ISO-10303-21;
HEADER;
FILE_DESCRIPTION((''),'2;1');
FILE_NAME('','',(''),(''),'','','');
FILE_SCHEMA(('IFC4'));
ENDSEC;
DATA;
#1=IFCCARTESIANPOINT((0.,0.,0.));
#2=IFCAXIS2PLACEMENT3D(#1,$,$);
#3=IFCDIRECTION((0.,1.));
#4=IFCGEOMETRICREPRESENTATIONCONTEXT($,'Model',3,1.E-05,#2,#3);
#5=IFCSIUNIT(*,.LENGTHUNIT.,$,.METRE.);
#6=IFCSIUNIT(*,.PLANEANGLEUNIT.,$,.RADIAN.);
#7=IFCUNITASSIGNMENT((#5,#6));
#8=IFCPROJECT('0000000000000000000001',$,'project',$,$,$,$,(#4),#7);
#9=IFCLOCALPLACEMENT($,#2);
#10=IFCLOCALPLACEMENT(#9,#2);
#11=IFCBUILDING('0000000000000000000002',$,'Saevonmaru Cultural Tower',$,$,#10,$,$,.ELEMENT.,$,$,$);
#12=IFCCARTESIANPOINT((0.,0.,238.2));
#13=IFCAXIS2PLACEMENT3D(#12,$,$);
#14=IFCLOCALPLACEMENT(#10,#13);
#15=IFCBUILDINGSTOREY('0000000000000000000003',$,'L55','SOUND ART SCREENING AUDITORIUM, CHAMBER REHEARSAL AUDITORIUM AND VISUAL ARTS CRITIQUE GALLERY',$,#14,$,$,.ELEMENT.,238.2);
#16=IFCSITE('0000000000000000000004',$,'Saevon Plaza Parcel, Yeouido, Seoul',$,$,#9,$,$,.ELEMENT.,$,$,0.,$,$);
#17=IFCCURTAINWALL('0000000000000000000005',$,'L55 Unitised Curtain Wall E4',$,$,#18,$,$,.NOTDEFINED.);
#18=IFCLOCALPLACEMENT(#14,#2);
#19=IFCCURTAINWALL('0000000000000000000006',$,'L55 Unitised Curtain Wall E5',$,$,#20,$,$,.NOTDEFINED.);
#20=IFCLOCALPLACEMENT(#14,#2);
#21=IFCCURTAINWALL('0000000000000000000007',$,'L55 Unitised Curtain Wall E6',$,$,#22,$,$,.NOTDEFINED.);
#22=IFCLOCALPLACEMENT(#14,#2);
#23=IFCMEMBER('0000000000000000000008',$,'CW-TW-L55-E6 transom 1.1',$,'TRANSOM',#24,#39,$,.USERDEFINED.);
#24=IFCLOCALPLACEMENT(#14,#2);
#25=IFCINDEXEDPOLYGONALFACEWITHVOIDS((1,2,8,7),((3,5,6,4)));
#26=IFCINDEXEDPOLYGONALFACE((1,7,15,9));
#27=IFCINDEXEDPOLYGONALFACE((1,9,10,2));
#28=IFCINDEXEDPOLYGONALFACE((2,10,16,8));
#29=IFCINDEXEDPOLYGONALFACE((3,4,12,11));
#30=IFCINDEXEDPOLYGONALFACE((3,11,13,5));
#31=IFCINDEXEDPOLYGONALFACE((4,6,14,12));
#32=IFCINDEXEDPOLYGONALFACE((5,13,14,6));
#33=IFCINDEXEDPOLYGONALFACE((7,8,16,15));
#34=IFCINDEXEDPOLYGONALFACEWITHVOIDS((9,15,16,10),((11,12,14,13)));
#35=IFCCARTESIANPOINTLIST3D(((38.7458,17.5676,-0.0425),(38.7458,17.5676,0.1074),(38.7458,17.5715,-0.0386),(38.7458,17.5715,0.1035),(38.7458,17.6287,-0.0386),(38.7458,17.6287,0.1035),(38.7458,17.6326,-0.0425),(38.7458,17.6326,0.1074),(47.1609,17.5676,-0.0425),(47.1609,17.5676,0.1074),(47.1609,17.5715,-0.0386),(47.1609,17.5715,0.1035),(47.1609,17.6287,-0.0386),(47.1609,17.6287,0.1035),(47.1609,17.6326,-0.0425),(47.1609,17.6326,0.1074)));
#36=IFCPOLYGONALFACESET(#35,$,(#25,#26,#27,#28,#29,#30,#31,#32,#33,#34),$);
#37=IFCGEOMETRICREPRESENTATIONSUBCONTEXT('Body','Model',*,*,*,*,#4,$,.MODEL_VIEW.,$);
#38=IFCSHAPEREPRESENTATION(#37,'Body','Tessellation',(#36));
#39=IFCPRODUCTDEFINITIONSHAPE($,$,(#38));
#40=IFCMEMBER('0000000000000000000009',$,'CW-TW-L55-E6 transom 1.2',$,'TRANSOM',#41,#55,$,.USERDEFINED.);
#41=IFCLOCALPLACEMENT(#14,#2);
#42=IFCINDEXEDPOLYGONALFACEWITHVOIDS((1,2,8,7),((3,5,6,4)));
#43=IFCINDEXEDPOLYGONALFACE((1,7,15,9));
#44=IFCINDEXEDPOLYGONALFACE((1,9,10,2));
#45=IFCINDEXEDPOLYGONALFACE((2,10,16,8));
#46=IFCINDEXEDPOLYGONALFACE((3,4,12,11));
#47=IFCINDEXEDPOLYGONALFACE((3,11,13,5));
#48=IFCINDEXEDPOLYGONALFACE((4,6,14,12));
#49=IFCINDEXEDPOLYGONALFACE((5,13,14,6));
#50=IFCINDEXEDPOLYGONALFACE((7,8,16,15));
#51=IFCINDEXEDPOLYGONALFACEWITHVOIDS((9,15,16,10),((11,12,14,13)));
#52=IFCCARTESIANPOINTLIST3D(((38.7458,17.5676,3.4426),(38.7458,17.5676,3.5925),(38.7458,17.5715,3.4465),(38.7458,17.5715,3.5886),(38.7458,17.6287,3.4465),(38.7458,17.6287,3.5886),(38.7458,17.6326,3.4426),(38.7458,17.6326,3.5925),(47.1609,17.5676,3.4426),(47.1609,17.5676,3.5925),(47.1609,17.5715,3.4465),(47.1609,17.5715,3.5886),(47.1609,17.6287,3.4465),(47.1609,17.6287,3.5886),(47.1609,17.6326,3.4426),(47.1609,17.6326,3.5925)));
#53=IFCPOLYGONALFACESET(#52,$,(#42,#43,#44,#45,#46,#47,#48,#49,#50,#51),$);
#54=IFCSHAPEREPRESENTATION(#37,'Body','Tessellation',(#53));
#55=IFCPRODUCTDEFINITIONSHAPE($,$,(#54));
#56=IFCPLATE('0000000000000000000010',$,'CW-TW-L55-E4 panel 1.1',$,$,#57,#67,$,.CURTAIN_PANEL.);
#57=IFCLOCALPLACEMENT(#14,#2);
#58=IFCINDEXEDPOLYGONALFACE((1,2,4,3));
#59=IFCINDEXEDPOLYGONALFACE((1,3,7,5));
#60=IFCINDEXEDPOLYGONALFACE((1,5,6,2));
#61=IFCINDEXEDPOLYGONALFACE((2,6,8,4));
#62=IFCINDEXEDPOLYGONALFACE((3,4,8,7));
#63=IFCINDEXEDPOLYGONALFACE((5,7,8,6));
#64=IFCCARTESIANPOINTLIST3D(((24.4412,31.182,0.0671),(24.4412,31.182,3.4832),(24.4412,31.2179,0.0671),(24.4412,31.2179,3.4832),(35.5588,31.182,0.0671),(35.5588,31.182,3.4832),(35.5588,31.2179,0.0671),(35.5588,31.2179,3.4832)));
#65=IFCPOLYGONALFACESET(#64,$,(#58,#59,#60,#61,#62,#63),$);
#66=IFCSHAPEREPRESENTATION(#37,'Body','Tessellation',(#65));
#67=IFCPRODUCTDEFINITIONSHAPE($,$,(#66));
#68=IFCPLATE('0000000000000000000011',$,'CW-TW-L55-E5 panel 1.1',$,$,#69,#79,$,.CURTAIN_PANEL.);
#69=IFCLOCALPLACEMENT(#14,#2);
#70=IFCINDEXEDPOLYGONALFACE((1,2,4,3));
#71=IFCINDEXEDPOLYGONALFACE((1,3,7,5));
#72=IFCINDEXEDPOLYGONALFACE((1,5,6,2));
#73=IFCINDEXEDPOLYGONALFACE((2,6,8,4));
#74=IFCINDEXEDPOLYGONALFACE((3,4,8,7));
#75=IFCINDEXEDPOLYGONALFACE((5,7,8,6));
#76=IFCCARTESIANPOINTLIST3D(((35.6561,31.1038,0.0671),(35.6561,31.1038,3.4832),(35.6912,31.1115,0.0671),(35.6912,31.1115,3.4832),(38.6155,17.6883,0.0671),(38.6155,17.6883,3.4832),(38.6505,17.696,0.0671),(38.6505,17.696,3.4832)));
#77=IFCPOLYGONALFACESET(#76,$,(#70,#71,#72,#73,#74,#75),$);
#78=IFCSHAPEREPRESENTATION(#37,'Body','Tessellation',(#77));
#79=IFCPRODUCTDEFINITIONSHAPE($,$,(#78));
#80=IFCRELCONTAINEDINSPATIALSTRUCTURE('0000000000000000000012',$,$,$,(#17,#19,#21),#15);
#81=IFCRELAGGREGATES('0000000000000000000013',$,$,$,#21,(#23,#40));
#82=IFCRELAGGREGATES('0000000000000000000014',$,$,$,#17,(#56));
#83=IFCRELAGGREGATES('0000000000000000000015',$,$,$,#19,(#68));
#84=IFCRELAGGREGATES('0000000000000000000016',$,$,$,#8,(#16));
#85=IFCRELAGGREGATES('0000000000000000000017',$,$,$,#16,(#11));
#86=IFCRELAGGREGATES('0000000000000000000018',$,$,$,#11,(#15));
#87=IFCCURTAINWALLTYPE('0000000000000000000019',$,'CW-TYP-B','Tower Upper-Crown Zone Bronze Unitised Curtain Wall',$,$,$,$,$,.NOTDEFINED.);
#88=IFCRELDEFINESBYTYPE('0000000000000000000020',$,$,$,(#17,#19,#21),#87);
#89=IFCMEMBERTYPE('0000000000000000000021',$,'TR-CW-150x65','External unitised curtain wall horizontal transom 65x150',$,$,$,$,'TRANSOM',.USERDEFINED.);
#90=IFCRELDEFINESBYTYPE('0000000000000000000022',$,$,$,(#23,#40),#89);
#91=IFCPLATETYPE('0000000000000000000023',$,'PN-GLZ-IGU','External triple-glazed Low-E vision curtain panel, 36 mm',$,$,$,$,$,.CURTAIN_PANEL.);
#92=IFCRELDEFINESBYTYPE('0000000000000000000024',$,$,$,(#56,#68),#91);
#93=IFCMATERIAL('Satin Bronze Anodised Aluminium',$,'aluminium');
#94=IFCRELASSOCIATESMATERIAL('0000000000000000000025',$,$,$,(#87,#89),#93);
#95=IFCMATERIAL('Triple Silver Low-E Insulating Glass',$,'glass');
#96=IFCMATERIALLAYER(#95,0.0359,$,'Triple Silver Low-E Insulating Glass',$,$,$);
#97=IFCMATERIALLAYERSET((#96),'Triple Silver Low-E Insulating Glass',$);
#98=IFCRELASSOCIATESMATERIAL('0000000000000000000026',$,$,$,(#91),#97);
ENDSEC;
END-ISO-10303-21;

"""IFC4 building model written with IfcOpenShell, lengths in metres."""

from ifc_helpers import new_model, si_unit, direction, frame, origin, origin_2d, place, context, subcontext, project, spatial, rectangle, hollow_rectangle, extrude, material, layer, layer_set, material_profile, profile_set, type_object, element, aggregate, save


model = new_model("IFC4")

# Units and contexts
model_context = context("Model", 3, precision=1e-05, world=origin(), true_north=direction((0.0, 1.0)))
body_context = subcontext(model_context, "Body", "Model", "MODEL_VIEW")
ifc_project = project(units=[si_unit("LENGTHUNIT", "METRE"), si_unit("PLANEANGLEUNIT", "RADIAN")], contexts=[model_context])

# Site, building, storey
site_placement = place(None, origin())
site = spatial("IfcSite", under=ifc_project, at=site_placement, Name="Saevon Plaza Parcel, Yeouido, Seoul", CompositionType="ELEMENT", RefElevation=0.0)
building_placement = place(site_placement, origin())
building = spatial("IfcBuilding", under=site, at=building_placement, Name="Saevonmaru Cultural Tower", CompositionType="ELEMENT")
storey_placement = place(building_placement, frame((0.0, 0.0, 238.2)))
storey = spatial("IfcBuildingStorey", under=building, at=storey_placement, Name="L55", Description="SOUND ART SCREENING AUDITORIUM, CHAMBER REHEARSAL AUDITORIUM AND VISUAL ARTS CRITIQUE GALLERY", CompositionType="ELEMENT", Elevation=238.2)

# Shared definitions
ifc_material_1 = material(Name="Satin Bronze Anodised Aluminium", Category="aluminium")
curtain_wall_type_1 = type_object("IfcCurtainWallType", Name="CW-TYP-B", Description="Tower Upper-Crown Zone Bronze Unitised Curtain Wall", PredefinedType="NOTDEFINED", material=ifc_material_1)

# Curtain walls
curtain_wall_1_placement = place(storey_placement, origin())
curtain_wall_1 = element("IfcCurtainWall", 1, at=curtain_wall_1_placement, inside=storey, type_object=curtain_wall_type_1, Name="L55 Unitised Curtain Wall E4", PredefinedType="NOTDEFINED")
curtain_wall_2_placement = place(storey_placement, origin())
curtain_wall_2 = element("IfcCurtainWall", 2, at=curtain_wall_2_placement, inside=storey, type_object=curtain_wall_type_1, Name="L55 Unitised Curtain Wall E5", PredefinedType="NOTDEFINED")

# Curtain wall
curtain_wall_3_placement = place(storey_placement, origin())
curtain_wall_3 = element("IfcCurtainWall", 3, at=curtain_wall_3_placement, inside=storey, type_object=curtain_wall_type_1, Name="L55 Unitised Curtain Wall E6", PredefinedType="NOTDEFINED")

# Members
ifc_material_profile_1 = material_profile(ifc_material_1, hollow_rectangle(XDim=0.0649, YDim=0.1499, WallThickness=0.0039, at=origin_2d()), Name="ALU-TRAN-150x65x4")
ifc_profile_set_1 = profile_set([ifc_material_profile_1], Name="Satin Bronze Anodised Aluminium")
member_type_1 = type_object("IfcMemberType", Name="TR-CW-150x65", Description="External unitised curtain wall horizontal transom 65x150", ElementType="TRANSOM", PredefinedType="USERDEFINED", material=ifc_profile_set_1)
member_1_placement = place(storey_placement, frame((38.7458, 17.6001, 0.0325), z_axis=(1.0, 0.0, 0.0), x_axis=(0.0, 1.0, 0.0)))
member_1 = element("IfcMember", 4, at=member_1_placement, type_object=member_type_1, Name="CW-TW-L55-E6 transom 1.1", ObjectType="TRANSOM", PredefinedType="USERDEFINED", context=body_context, shape_type="SweptSolid", body=[
    extrude(hollow_rectangle(XDim=0.0649, YDim=0.1499, WallThickness=0.0039, at=origin_2d()), origin(), (0.0, 0.0, 1.0), 8.415),
])
member_2_placement = place(storey_placement, frame((38.7458, 17.6001, 3.5176), z_axis=(1.0, 0.0, 0.0), x_axis=(0.0, 1.0, 0.0)))
member_2 = element("IfcMember", 5, at=member_2_placement, type_object=member_type_1, Name="CW-TW-L55-E6 transom 1.2", ObjectType="TRANSOM", PredefinedType="USERDEFINED", context=body_context, shape_type="SweptSolid", body=[
    extrude(hollow_rectangle(XDim=0.0649, YDim=0.1499, WallThickness=0.0039, at=origin_2d()), origin(), (0.0, 0.0, 1.0), 8.415),
])
aggregate(curtain_wall_3, [member_1, member_2])

# Plates
ifc_material_2 = material(Name="Triple Silver Low-E Insulating Glass", Category="glass")
ifc_layer = layer(ifc_material_2, 0.0359, Name="Triple Silver Low-E Insulating Glass")
ifc_layer_set = layer_set([ifc_layer], Name="Triple Silver Low-E Insulating Glass")
plate_type = type_object("IfcPlateType", Name="PN-GLZ-IGU", Description="External triple-glazed Low-E vision curtain panel, 36 mm", PredefinedType="CURTAIN_PANEL", material=ifc_layer_set)
plate_1_placement = place(storey_placement, frame((30.0, 31.2, 0.0671), z_axis=(0.0, 0.0, 1.0), x_axis=(1.0, 0.0, 0.0)))
plate_1 = element("IfcPlate", 6, at=plate_1_placement, type_object=plate_type, Name="CW-TW-L55-E4 panel 1.1", PredefinedType="CURTAIN_PANEL", context=body_context, shape_type="SweptSolid", body=[
    extrude(rectangle(XDim=11.1177, YDim=0.0359, at=origin_2d()), origin(), (0.0, 0.0, 1.0), 3.416),
])
aggregate(curtain_wall_1, [plate_1])
plate_2_placement = place(storey_placement, frame((37.1533, 24.3999, 0.0671), z_axis=(0.0, 0.0, 1.0), x_axis=(0.215413, -0.976523, 0.0)))
plate_2 = element("IfcPlate", 7, at=plate_2_placement, type_object=plate_type, Name="CW-TW-L55-E5 panel 1.1", PredefinedType="CURTAIN_PANEL", context=body_context, shape_type="SweptSolid", body=[
    extrude(rectangle(XDim=13.738, YDim=0.0359, at=origin_2d()), origin(), (0.0, 0.0, 1.0), 3.416),
])
aggregate(curtain_wall_2, [plate_2])

save(model, "model.ifc")
